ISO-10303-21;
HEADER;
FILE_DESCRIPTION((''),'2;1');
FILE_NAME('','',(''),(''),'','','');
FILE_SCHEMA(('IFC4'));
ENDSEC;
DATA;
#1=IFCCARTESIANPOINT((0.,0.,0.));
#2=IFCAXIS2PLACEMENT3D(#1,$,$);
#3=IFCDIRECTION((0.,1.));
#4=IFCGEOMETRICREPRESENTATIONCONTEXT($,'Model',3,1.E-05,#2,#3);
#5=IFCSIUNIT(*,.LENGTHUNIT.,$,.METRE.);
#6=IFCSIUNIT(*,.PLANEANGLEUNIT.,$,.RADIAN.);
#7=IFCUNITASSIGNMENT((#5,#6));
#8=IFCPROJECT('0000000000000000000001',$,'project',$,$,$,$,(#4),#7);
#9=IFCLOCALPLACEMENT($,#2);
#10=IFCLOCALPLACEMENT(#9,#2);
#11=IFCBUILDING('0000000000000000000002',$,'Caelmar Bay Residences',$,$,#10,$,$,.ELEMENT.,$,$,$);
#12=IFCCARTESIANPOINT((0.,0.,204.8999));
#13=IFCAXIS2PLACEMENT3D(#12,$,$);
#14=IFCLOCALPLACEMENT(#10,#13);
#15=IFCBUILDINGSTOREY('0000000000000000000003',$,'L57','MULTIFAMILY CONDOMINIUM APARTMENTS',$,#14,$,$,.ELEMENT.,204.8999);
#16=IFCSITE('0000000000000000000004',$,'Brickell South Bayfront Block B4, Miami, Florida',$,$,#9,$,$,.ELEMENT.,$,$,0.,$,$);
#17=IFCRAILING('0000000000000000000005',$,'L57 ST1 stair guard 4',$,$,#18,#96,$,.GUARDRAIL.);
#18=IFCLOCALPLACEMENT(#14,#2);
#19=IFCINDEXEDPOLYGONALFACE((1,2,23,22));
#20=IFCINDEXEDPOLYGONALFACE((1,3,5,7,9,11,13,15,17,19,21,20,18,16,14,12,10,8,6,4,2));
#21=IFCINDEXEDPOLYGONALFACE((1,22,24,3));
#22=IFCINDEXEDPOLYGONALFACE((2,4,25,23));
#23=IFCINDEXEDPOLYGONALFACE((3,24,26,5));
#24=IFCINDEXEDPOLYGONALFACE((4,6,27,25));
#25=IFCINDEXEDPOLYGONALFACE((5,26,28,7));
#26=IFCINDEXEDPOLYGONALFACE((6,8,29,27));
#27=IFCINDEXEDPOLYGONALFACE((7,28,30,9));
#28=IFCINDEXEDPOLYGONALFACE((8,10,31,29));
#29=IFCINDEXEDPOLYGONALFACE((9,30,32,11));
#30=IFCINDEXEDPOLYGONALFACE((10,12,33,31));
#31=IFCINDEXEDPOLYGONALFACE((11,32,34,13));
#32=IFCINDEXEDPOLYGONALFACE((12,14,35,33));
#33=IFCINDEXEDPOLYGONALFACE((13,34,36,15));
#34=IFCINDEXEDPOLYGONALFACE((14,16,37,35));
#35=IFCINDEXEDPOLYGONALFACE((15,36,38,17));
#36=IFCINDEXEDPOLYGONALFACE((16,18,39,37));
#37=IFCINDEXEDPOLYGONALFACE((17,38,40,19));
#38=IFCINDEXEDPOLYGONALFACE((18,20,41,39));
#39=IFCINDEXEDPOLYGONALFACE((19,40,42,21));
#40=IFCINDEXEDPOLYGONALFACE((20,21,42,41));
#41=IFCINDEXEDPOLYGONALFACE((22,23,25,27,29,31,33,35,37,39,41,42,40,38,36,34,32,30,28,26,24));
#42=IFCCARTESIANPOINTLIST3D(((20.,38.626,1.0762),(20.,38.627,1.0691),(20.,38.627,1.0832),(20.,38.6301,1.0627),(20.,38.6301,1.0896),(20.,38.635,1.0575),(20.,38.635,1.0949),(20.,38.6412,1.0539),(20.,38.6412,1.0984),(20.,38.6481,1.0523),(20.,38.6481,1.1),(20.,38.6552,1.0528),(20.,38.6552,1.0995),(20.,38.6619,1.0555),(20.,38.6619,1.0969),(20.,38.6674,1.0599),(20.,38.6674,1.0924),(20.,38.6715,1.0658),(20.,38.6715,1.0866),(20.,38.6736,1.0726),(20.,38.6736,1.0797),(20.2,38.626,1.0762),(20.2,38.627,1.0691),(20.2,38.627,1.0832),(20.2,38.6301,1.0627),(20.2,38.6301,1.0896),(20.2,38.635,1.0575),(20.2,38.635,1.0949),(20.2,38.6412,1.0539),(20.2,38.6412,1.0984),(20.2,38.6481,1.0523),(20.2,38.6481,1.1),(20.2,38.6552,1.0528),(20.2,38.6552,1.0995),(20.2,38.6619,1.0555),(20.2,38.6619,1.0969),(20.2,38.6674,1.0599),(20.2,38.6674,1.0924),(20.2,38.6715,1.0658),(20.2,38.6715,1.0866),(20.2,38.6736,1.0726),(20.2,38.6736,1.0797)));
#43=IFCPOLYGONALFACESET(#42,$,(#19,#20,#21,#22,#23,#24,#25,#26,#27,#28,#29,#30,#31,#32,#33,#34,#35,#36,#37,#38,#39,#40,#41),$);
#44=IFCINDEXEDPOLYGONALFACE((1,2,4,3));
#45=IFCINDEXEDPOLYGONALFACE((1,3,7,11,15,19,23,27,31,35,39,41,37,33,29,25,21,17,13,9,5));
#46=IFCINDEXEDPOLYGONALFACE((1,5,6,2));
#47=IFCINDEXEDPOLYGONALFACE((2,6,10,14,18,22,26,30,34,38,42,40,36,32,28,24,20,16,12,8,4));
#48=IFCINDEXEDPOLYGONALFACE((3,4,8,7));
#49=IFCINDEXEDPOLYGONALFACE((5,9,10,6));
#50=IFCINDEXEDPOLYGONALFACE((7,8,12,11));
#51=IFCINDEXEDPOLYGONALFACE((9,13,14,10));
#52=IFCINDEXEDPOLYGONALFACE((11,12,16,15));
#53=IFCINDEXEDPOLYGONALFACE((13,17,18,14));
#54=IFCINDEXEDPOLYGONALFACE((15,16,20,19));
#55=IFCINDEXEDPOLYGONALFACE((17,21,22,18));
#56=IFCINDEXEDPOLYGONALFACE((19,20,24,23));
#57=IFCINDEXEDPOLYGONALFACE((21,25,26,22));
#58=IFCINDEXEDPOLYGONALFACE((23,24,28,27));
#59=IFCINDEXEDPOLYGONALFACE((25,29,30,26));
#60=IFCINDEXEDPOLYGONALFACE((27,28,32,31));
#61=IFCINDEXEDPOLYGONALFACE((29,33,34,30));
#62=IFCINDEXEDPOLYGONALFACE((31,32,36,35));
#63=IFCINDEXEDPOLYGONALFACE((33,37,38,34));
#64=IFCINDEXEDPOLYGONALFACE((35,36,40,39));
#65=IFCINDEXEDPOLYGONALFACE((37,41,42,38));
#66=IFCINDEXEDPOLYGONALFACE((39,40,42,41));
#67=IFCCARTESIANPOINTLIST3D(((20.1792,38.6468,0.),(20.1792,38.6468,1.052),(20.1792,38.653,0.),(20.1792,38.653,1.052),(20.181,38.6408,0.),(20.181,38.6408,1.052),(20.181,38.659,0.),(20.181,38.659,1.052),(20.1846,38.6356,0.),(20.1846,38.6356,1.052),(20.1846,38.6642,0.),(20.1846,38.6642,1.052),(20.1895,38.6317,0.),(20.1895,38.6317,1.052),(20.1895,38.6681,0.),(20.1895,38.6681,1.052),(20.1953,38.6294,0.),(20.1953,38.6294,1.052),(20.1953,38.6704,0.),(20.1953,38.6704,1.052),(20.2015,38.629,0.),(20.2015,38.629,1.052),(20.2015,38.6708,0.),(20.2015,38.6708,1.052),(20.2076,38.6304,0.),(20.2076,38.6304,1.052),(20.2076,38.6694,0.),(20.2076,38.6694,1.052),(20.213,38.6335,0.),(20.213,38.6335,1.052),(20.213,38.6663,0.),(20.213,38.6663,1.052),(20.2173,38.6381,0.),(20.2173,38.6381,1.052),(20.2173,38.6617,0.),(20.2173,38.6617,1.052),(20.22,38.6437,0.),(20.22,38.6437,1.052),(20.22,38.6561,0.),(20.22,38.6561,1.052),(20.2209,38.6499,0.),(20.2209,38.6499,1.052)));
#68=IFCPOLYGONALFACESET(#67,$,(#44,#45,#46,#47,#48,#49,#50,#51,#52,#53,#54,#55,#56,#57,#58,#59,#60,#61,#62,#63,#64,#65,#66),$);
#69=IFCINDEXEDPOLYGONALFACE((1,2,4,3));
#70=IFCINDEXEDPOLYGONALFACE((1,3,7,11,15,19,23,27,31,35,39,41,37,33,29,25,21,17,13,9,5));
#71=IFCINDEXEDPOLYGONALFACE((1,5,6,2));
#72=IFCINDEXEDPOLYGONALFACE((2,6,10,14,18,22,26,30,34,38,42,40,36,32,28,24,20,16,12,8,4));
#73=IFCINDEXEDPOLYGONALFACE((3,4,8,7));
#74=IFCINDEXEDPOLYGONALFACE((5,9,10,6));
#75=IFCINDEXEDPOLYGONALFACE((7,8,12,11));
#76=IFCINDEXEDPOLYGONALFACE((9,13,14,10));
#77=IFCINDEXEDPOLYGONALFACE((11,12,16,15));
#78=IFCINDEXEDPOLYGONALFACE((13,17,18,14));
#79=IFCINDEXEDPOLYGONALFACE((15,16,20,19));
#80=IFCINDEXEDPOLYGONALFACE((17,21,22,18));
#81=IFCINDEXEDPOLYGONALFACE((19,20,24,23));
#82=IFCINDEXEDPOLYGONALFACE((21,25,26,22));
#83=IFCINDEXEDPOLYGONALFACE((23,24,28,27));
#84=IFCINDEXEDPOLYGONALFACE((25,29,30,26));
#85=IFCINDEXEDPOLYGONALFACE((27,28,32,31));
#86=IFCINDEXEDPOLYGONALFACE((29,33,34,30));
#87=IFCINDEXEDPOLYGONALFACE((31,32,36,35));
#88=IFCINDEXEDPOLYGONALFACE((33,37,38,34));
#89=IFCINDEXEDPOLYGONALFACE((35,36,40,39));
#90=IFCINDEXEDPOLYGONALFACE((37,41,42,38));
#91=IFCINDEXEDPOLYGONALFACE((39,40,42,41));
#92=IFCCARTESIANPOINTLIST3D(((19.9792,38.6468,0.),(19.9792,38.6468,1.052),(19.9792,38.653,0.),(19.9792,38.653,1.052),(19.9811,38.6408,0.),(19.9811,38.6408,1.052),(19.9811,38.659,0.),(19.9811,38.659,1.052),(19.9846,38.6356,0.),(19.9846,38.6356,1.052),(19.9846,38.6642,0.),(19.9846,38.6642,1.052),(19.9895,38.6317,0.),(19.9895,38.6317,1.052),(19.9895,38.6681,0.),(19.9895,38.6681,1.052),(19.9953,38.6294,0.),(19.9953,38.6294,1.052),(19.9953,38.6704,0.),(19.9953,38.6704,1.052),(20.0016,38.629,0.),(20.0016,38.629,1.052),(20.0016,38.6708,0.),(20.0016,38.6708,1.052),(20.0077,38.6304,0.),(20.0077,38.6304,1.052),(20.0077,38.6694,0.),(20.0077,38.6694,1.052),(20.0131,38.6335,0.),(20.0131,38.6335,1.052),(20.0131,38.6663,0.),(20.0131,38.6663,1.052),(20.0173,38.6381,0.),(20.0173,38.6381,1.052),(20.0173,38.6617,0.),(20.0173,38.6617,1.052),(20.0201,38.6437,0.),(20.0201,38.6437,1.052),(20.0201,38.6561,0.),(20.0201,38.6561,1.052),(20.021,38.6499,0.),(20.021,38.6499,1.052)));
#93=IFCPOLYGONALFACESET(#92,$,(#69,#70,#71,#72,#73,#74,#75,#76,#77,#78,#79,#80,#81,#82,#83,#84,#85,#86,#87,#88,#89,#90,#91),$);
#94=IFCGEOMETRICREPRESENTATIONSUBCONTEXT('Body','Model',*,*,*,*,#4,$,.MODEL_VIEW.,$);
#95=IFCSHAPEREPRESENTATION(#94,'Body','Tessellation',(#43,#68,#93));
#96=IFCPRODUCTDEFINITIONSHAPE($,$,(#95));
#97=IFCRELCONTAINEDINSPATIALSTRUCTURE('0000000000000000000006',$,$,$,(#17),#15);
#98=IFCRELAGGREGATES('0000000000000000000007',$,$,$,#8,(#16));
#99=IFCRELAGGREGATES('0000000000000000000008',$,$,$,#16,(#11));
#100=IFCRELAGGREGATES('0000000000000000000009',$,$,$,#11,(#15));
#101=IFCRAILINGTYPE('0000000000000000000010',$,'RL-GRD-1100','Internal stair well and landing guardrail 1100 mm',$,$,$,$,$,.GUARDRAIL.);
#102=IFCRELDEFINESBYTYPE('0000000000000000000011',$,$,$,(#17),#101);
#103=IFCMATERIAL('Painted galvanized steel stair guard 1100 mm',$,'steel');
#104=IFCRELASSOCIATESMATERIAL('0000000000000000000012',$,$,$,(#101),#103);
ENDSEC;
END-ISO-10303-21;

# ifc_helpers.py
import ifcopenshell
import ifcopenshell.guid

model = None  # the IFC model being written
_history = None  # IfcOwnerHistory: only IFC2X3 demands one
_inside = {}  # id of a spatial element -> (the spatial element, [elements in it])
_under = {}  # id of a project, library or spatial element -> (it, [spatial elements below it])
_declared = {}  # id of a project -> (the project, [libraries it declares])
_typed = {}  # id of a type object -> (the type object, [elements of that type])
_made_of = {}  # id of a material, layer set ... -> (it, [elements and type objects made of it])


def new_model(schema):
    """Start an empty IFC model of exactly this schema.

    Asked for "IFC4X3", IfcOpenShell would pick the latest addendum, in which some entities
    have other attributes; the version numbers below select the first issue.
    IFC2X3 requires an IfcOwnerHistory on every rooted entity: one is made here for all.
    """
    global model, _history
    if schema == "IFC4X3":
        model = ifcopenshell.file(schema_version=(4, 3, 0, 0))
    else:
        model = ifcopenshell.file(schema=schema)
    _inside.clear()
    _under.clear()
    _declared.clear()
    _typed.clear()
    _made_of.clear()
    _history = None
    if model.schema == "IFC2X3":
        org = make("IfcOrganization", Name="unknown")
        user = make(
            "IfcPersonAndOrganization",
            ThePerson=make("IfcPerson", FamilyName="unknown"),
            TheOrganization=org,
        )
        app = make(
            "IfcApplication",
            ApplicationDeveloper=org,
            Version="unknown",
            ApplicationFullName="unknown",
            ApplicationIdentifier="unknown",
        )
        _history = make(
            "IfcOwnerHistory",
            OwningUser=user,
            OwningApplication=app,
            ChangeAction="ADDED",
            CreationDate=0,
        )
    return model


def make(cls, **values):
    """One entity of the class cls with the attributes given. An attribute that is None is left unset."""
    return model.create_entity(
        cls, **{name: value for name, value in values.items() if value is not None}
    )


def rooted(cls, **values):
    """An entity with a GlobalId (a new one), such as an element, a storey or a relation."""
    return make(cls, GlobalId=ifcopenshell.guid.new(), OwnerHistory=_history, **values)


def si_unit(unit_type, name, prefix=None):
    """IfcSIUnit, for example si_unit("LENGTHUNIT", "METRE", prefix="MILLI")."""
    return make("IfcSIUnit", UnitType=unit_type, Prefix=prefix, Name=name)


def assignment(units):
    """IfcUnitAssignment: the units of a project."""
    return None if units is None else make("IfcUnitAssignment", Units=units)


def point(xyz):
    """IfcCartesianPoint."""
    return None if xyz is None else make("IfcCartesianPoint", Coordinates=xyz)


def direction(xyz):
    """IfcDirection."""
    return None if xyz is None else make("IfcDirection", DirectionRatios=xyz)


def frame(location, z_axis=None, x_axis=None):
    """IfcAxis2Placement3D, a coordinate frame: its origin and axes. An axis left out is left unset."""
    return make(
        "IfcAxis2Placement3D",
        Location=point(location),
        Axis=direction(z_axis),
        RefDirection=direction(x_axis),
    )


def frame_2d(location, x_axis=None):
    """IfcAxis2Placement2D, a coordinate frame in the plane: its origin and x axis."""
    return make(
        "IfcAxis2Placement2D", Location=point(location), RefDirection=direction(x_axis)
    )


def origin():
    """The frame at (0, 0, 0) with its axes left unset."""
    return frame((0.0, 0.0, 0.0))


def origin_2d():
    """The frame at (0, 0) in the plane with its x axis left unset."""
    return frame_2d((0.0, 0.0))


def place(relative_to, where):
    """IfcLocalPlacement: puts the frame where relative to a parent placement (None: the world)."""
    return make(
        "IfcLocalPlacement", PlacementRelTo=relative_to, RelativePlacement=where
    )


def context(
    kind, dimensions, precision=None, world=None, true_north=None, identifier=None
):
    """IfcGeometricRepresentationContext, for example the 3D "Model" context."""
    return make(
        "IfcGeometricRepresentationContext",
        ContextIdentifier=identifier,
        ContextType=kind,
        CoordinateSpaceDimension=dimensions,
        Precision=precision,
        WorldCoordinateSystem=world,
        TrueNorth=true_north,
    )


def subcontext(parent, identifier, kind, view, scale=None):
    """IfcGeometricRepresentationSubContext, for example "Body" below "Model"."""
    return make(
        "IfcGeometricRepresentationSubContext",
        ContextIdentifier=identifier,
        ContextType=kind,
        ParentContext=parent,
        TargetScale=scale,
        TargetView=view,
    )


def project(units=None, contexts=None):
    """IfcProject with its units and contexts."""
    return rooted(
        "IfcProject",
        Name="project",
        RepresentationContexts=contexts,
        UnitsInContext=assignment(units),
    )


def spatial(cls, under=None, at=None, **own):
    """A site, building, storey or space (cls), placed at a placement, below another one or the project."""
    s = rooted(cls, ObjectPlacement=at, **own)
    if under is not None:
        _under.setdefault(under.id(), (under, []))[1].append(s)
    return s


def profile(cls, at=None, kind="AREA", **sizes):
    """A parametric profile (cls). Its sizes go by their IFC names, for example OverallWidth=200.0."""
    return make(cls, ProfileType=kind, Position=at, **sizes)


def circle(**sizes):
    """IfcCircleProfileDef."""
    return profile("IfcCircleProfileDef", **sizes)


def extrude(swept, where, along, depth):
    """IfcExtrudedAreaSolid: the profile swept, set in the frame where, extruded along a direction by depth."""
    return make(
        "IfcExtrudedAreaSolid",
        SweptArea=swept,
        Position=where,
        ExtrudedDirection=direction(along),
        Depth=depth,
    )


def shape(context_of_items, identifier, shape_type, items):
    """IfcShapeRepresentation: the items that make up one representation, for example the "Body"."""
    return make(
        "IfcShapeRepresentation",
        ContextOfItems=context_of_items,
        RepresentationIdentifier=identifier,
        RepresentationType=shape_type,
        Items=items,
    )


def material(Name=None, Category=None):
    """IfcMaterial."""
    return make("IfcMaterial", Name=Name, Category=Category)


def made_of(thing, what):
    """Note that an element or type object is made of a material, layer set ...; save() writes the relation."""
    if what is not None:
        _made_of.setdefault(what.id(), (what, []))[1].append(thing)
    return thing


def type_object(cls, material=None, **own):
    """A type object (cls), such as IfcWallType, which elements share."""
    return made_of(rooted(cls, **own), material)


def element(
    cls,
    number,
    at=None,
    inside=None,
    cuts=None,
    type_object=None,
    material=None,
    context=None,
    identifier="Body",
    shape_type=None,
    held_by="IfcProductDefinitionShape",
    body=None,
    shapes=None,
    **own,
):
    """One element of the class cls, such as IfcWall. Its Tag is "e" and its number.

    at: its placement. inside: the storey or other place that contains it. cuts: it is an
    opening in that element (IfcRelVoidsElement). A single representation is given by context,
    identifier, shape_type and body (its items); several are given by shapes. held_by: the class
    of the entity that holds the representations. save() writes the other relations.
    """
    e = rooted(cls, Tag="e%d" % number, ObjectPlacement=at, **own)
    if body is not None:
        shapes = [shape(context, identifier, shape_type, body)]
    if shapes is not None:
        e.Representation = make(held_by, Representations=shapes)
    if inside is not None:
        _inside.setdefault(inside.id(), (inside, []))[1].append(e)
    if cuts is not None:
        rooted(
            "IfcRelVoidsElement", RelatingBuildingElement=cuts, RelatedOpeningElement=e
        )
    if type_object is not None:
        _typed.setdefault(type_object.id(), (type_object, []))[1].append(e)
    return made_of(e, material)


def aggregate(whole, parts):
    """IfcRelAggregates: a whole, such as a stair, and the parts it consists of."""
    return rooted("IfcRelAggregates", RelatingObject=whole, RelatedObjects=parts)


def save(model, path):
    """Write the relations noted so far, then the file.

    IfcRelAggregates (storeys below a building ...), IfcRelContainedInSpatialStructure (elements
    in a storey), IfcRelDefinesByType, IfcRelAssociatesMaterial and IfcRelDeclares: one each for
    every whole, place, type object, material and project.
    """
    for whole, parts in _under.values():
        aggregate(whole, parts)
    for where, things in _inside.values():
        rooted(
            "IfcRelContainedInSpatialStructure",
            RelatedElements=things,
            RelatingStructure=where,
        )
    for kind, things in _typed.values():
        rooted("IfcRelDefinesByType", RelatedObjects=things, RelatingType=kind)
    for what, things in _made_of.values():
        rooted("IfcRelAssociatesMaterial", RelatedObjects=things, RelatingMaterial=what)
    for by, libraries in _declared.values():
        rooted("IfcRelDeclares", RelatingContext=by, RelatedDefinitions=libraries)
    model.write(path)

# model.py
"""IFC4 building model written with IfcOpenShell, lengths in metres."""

from ifc_helpers import new_model, si_unit, direction, frame, origin, origin_2d, place, context, subcontext, project, spatial, circle, extrude, material, type_object, element, save


model = new_model("IFC4")

# Units and contexts
model_context = context("Model", 3, precision=1e-05, world=origin(), true_north=direction((0.0, 1.0)))
body_context = subcontext(model_context, "Body", "Model", "MODEL_VIEW")
ifc_project = project(units=[si_unit("LENGTHUNIT", "METRE"), si_unit("PLANEANGLEUNIT", "RADIAN")], contexts=[model_context])

# Site, building, storey
site_placement = place(None, origin())
site = spatial("IfcSite", under=ifc_project, at=site_placement, Name="Brickell South Bayfront Block B4, Miami, Florida", CompositionType="ELEMENT", RefElevation=0.0)
building_placement = place(site_placement, origin())
building = spatial("IfcBuilding", under=site, at=building_placement, Name="Caelmar Bay Residences", CompositionType="ELEMENT")
storey_placement = place(building_placement, frame((0.0, 0.0, 204.8999)))
storey = spatial("IfcBuildingStorey", under=building, at=storey_placement, Name="L57", Description="MULTIFAMILY CONDOMINIUM APARTMENTS", CompositionType="ELEMENT", Elevation=204.8999)

# Railing
ifc_material_1 = material(Name="Painted galvanized steel stair guard 1100 mm", Category="steel")
railing_type_1 = type_object("IfcRailingType", Name="RL-GRD-1100", Description="Internal stair well and landing guardrail 1100 mm", PredefinedType="GUARDRAIL", material=ifc_material_1)
railing_1_placement = place(storey_placement, frame((20.2, 38.6499, 0.0)))
element("IfcRailing", 1, at=railing_1_placement, inside=storey, type_object=railing_type_1, Name="L57 ST1 stair guard 4", PredefinedType="GUARDRAIL", context=body_context, shape_type="SweptSolid", body=[
    extrude(circle(Radius=0.0239, at=origin_2d()), frame((0.0, 0.0, 1.0762), z_axis=(-1.0, 0.0, 0.0), x_axis=(0.0, -1.0, 0.0)), (0.0, 0.0, 1.0), 0.2),
    extrude(circle(Radius=0.021, at=origin_2d()), origin(), (0.0, 0.0, 1.0), 1.052),
    extrude(circle(Radius=0.021, at=origin_2d()), frame((-0.2, 0.0, 0.0)), (0.0, 0.0, 1.0), 1.052),
])

save(model, "model.ifc")
